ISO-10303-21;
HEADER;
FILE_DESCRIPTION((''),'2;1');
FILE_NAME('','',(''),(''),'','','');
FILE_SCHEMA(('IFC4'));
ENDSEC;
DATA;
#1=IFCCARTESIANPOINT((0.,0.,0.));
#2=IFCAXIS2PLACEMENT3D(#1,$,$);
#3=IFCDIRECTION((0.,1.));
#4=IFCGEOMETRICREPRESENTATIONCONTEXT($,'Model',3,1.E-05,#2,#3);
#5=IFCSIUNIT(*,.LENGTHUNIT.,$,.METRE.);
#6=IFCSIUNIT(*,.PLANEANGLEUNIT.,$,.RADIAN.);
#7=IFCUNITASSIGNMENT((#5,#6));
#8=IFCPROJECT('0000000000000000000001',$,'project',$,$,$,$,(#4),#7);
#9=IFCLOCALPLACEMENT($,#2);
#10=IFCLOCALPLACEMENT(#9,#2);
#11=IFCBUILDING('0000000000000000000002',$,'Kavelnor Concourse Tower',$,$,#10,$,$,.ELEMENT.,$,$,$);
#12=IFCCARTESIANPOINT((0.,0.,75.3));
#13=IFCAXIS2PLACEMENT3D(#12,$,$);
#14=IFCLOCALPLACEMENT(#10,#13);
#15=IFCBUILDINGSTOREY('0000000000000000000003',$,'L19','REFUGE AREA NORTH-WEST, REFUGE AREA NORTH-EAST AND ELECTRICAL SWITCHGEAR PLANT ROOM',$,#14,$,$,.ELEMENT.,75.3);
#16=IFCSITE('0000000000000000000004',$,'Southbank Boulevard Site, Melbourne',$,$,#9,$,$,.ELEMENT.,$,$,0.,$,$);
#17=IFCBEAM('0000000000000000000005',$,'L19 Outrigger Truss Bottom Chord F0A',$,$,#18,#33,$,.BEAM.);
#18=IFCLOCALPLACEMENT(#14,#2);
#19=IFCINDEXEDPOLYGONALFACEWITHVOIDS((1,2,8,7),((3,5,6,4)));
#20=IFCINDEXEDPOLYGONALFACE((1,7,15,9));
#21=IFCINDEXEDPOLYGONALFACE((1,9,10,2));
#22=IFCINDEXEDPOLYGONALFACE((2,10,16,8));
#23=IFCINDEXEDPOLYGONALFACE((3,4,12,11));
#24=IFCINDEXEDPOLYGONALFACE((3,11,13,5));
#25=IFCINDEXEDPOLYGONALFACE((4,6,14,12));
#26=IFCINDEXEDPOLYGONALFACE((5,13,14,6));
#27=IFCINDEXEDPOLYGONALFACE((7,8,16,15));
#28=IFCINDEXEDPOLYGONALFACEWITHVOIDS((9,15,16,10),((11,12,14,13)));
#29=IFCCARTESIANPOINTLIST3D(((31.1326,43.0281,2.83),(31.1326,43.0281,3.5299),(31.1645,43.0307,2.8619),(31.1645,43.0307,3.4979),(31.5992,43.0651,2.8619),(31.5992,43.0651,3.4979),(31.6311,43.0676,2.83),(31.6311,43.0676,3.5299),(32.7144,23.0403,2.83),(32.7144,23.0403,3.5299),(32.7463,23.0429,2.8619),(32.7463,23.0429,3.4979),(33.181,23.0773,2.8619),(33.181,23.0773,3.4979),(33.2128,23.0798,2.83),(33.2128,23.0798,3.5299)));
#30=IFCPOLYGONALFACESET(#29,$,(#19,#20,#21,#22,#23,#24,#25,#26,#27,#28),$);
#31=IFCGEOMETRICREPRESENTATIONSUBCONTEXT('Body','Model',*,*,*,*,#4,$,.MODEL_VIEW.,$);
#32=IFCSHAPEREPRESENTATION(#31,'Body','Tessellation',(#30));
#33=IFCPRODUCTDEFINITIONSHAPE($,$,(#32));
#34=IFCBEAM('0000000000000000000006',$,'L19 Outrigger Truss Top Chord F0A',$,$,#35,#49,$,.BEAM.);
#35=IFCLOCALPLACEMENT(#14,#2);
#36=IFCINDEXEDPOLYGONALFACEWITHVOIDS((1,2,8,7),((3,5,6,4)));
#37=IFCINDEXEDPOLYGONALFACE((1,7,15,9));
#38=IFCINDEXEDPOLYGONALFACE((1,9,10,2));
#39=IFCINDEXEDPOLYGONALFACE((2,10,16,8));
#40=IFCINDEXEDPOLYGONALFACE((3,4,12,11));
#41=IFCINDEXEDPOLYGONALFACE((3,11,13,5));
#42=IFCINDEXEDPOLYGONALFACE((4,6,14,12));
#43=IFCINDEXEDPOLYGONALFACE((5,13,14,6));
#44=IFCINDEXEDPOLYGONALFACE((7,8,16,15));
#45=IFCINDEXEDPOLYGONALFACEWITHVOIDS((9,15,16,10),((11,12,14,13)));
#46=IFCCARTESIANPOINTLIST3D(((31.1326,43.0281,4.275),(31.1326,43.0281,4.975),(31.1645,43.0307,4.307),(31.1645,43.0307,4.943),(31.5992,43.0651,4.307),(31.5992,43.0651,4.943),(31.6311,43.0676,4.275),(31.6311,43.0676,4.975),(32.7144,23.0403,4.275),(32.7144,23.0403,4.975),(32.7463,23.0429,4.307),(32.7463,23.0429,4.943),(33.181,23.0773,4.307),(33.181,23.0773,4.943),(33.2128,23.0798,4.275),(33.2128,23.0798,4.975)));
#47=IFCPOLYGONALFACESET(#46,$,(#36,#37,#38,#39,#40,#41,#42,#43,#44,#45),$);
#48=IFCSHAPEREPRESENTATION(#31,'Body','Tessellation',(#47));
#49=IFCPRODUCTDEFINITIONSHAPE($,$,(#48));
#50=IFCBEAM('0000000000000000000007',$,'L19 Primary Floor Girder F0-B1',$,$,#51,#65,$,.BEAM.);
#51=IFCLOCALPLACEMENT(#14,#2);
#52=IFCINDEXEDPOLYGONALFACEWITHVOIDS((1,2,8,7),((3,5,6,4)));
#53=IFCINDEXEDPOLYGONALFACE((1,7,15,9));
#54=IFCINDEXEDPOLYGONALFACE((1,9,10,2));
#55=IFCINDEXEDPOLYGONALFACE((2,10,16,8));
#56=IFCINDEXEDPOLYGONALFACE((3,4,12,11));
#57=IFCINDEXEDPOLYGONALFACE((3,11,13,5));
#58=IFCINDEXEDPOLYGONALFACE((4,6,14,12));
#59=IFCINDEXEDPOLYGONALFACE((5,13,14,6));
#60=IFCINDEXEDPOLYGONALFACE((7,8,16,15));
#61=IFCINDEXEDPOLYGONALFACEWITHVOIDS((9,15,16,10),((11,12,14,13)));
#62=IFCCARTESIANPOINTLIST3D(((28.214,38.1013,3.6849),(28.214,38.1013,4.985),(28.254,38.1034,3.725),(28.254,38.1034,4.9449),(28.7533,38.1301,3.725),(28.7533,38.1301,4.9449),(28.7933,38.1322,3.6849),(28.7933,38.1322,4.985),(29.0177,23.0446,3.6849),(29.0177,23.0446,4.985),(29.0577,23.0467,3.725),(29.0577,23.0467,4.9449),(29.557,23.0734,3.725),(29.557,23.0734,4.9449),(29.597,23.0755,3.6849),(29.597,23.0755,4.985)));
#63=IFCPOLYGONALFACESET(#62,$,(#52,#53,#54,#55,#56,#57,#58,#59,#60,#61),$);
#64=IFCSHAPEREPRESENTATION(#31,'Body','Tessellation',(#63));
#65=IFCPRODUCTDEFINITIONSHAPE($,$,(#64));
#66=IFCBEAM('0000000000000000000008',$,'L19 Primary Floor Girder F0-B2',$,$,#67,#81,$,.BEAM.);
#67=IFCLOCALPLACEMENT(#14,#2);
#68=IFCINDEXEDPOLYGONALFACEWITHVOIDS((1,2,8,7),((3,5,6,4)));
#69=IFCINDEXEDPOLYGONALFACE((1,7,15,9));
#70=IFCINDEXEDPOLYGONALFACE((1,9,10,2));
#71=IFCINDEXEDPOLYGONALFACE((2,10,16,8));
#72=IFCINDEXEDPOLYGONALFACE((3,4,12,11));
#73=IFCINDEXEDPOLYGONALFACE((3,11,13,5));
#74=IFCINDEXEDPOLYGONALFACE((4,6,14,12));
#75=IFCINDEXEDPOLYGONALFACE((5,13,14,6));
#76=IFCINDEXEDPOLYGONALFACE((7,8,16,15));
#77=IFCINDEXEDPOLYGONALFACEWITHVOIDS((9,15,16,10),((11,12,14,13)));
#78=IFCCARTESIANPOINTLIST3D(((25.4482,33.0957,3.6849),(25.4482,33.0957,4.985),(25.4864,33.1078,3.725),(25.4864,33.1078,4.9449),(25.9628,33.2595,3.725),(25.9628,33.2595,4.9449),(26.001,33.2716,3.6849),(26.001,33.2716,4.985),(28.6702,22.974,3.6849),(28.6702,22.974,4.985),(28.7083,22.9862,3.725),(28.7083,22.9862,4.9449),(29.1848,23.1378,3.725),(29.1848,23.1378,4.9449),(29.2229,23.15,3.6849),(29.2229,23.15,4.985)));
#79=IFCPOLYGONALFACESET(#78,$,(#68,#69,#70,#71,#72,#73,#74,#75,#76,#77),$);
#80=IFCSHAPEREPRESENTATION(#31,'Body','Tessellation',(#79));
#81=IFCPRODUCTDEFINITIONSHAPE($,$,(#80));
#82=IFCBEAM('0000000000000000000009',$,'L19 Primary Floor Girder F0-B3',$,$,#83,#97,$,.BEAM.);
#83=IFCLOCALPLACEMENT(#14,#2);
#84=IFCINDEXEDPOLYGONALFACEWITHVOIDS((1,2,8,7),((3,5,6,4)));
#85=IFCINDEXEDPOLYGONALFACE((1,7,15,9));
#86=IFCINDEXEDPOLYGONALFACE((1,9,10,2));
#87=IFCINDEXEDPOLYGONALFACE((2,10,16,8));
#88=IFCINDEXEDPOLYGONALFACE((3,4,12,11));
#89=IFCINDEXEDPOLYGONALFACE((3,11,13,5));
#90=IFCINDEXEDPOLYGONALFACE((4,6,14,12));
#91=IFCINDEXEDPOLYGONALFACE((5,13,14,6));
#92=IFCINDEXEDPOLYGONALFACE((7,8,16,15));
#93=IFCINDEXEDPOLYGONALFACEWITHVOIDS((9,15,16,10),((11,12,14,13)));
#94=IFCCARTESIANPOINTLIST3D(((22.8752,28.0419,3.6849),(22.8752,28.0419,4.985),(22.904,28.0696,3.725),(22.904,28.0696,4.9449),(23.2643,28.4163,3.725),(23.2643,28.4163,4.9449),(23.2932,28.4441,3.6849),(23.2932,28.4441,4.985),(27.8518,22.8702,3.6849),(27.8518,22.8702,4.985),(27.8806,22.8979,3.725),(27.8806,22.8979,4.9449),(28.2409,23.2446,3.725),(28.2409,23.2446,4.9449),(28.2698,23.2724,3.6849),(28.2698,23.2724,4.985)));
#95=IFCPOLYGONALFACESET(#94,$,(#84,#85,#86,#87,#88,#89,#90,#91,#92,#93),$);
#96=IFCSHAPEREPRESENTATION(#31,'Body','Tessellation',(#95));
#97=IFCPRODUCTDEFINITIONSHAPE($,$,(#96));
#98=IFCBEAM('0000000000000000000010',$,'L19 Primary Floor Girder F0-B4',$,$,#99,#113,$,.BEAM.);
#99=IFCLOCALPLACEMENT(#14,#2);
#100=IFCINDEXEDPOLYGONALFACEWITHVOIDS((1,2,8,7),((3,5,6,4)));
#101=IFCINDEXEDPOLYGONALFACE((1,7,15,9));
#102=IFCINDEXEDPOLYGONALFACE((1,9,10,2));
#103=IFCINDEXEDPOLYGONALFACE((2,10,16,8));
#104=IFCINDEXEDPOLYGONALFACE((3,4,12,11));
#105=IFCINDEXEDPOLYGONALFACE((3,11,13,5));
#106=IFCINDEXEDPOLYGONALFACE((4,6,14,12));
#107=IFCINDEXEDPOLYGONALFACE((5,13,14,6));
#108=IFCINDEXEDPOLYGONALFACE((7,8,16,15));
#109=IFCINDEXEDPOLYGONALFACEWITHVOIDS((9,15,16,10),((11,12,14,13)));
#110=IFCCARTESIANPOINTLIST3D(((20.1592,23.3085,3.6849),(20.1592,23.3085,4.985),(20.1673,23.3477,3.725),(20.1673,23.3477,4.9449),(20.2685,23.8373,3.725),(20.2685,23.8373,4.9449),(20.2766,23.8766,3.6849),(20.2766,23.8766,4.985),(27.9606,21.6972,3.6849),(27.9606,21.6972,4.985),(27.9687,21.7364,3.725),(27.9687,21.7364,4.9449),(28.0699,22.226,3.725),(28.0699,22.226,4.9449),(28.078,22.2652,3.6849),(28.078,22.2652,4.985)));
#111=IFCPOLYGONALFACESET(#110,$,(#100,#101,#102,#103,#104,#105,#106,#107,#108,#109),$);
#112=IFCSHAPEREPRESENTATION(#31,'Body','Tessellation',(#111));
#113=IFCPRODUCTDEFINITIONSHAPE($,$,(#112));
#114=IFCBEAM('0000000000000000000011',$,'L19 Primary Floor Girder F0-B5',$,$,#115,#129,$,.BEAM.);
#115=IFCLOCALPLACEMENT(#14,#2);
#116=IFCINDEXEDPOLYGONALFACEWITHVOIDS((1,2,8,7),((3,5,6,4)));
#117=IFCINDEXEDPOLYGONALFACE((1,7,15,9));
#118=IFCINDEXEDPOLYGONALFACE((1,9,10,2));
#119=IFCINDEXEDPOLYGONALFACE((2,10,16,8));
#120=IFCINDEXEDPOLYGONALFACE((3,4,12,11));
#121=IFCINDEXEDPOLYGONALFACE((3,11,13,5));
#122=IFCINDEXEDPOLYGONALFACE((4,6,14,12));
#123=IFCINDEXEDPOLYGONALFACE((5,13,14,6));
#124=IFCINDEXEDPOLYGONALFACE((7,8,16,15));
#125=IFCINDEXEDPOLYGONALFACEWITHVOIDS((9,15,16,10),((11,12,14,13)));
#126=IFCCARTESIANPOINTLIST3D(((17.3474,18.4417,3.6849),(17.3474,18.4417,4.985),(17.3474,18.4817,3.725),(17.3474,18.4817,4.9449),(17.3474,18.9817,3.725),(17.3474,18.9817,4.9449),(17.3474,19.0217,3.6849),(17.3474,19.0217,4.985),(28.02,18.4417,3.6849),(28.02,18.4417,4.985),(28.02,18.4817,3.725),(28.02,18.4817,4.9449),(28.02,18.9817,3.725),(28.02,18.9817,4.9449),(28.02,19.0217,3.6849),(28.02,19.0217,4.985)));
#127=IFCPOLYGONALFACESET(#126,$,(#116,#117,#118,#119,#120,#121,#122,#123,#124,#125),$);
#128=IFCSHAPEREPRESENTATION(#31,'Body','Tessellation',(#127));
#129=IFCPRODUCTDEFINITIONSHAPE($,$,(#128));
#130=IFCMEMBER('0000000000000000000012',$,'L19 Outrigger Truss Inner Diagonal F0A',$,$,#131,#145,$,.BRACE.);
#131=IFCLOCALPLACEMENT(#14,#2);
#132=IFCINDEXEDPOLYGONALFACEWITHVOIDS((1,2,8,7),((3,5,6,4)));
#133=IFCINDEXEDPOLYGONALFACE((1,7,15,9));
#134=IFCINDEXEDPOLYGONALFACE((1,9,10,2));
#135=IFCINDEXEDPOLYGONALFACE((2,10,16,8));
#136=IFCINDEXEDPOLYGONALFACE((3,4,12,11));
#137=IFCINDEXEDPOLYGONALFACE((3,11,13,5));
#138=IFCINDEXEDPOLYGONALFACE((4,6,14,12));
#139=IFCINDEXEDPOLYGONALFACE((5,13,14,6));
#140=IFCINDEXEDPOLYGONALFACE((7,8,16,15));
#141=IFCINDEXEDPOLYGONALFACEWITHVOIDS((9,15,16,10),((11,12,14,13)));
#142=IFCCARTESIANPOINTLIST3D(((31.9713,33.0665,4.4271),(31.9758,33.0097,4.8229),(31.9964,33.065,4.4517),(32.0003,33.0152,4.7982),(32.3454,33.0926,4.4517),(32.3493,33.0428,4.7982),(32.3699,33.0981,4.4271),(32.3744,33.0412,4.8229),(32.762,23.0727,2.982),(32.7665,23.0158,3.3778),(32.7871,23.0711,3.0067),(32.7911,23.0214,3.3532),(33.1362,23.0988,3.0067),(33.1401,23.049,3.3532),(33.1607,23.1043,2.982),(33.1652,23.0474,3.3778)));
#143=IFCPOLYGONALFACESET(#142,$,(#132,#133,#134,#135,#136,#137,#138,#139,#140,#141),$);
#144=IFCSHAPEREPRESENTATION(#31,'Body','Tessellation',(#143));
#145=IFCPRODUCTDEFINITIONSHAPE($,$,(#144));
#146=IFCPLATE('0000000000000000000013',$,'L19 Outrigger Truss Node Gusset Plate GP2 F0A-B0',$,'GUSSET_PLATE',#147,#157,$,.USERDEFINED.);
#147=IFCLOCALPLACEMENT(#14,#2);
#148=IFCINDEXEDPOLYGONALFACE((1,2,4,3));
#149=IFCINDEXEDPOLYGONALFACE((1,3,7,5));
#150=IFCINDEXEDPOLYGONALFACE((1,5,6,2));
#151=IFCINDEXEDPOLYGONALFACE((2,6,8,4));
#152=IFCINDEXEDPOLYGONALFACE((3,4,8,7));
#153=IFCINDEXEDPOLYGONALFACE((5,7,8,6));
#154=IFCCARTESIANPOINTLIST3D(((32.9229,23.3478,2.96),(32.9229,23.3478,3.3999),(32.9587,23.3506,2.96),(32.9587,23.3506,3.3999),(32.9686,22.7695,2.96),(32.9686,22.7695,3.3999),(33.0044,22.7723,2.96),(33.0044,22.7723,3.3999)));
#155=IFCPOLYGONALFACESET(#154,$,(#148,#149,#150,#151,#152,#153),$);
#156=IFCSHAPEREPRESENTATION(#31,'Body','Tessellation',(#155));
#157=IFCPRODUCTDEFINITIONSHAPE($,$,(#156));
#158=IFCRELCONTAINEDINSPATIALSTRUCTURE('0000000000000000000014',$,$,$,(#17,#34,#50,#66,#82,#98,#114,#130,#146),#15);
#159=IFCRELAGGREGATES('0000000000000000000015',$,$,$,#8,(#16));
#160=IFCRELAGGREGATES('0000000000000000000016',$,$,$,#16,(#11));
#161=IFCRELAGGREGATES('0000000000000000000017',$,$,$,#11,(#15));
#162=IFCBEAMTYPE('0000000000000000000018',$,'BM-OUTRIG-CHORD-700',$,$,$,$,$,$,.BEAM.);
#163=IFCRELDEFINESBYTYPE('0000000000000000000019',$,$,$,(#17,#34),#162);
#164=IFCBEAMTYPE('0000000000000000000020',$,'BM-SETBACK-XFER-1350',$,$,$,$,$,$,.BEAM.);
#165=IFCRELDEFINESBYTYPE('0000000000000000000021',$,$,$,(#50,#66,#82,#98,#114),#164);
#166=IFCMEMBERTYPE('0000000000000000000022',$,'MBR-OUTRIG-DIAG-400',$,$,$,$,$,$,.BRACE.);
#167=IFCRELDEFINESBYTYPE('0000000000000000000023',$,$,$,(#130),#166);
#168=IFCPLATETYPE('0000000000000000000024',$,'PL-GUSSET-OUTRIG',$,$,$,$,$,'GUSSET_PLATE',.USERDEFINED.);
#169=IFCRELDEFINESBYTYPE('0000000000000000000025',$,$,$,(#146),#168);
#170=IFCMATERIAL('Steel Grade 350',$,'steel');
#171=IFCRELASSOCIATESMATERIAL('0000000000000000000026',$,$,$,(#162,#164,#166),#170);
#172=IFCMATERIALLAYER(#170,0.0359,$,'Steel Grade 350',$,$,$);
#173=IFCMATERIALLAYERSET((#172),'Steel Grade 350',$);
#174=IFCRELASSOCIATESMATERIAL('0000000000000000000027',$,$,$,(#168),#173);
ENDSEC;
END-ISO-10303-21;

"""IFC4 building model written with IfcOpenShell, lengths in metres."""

from ifc_helpers import new_model, si_unit, direction, frame, origin, origin_2d, place, context, subcontext, project, spatial, rectangle, hollow_rectangle, extrude, material, layer, layer_set, material_profile, profile_set, type_object, element, save


model = new_model("IFC4")

# Units and contexts
model_context = context("Model", 3, precision=1e-05, world=origin(), true_north=direction((0.0, 1.0)))
body_context = subcontext(model_context, "Body", "Model", "MODEL_VIEW")
ifc_project = project(units=[si_unit("LENGTHUNIT", "METRE"), si_unit("PLANEANGLEUNIT", "RADIAN")], contexts=[model_context])

# Site, building, storey
site_placement = place(None, origin())
site = spatial("IfcSite", under=ifc_project, at=site_placement, Name="Southbank Boulevard Site, Melbourne", CompositionType="ELEMENT", RefElevation=0.0)
building_placement = place(site_placement, origin())
building = spatial("IfcBuilding", under=site, at=building_placement, Name="Kavelnor Concourse Tower", CompositionType="ELEMENT")
storey_placement = place(building_placement, frame((0.0, 0.0, 75.3)))
storey = spatial("IfcBuildingStorey", under=building, at=storey_placement, Name="L19", Description="REFUGE AREA NORTH-WEST, REFUGE AREA NORTH-EAST AND ELECTRICAL SWITCHGEAR PLANT ROOM", CompositionType="ELEMENT", Elevation=75.3)

# Beams
ifc_material_1 = material(Name="Steel Grade 350", Category="steel")
ifc_material_profile_1 = material_profile(ifc_material_1, hollow_rectangle(XDim=0.5, YDim=0.7, WallThickness=0.032, at=origin_2d()), Name="RHS 700x500x32")
ifc_profile_set_1 = profile_set([ifc_material_profile_1], Name="Steel Grade 350")
beam_type_1 = type_object("IfcBeamType", Name="BM-OUTRIG-CHORD-700", PredefinedType="BEAM", material=ifc_profile_set_1)
for number, where, z_axis, x_axis, name in (
    (1, (32.9636, 23.0601, 3.1799), (-0.078891, 0.996883, 0.0), (-0.996883, -0.078891, 0.0), "L19 Outrigger Truss Bottom Chord F0A"),
    (2, (32.9636, 23.0601, 4.625), (-0.078891, 0.996883, 0.0), (-0.996883, -0.078891, 0.0), "L19 Outrigger Truss Top Chord F0A"),
):
    element("IfcBeam", number, at=place(storey_placement, frame(where, z_axis=z_axis, x_axis=x_axis)), inside=storey, type_object=beam_type_1, Name=name, PredefinedType="BEAM", context=body_context, shape_type="SweptSolid", body=[
        extrude(hollow_rectangle(XDim=0.5, YDim=0.7, WallThickness=0.032, at=origin_2d()), origin(), (0.0, 0.0, 1.0), 20.0503),
    ])
ifc_material_profile_2 = material_profile(ifc_material_1, hollow_rectangle(XDim=0.5801, YDim=1.3, WallThickness=0.04, at=origin_2d()), Name="RHS 1300x580x40")
ifc_profile_set_2 = profile_set([ifc_material_profile_2], Name="Steel Grade 350")
beam_type_2 = type_object("IfcBeamType", Name="BM-SETBACK-XFER-1350", PredefinedType="BEAM", material=ifc_profile_set_2)
beam_1_placement = place(storey_placement, frame((29.3074, 23.0601, 4.335), z_axis=(-0.053303, 0.998578, 0.0), x_axis=(-0.998578, -0.053303, 0.0)))
element("IfcBeam", 3, at=beam_1_placement, inside=storey, type_object=beam_type_2, Name="L19 Primary Floor Girder F0-B1", PredefinedType="BEAM", context=body_context, shape_type="SweptSolid", body=[
    extrude(hollow_rectangle(XDim=0.5801, YDim=1.3, WallThickness=0.04, at=origin_2d()), origin(), (0.0, 0.0, 1.0), 15.0781),
])
beam_2_placement = place(storey_placement, frame((28.9465, 23.062, 4.335), z_axis=(-0.303325, 0.952887, 0.0), x_axis=(-0.952887, -0.303325, 0.0)))
element("IfcBeam", 4, at=beam_2_placement, inside=storey, type_object=beam_type_2, Name="L19 Primary Floor Girder F0-B2", PredefinedType="BEAM", context=body_context, shape_type="SweptSolid", body=[
    extrude(hollow_rectangle(XDim=0.5801, YDim=1.3, WallThickness=0.04, at=origin_2d()), origin(), (0.0, 0.0, 1.0), 10.6221),
])
beam_3_placement = place(storey_placement, frame((28.0608, 23.0713, 4.335), z_axis=(-0.693387, 0.720566, 0.0), x_axis=(-0.720566, -0.693387, 0.0)))
element("IfcBeam", 5, at=beam_3_placement, inside=storey, type_object=beam_type_2, Name="L19 Primary Floor Girder F0-B3", PredefinedType="BEAM", context=body_context, shape_type="SweptSolid", body=[
    extrude(hollow_rectangle(XDim=0.5801, YDim=1.3, WallThickness=0.04, at=origin_2d()), origin(), (0.0, 0.0, 1.0), 7.1772),
])
beam_4_placement = place(storey_placement, frame((28.0193, 21.9812, 4.335), z_axis=(-0.97933, 0.202271, 0.0), x_axis=(-0.202271, -0.97933, 0.0)))
element("IfcBeam", 6, at=beam_4_placement, inside=storey, type_object=beam_type_2, Name="L19 Primary Floor Girder F0-B4", PredefinedType="BEAM", context=body_context, shape_type="SweptSolid", body=[
    extrude(hollow_rectangle(XDim=0.5801, YDim=1.3, WallThickness=0.04, at=origin_2d()), origin(), (0.0, 0.0, 1.0), 7.9661),
])
beam_5_placement = place(storey_placement, frame((28.02, 18.7317, 4.335), z_axis=(-1.0, 0.0, 0.0), x_axis=(0.0, -1.0, 0.0)))
element("IfcBeam", 7, at=beam_5_placement, inside=storey, type_object=beam_type_2, Name="L19 Primary Floor Girder F0-B5", PredefinedType="BEAM", context=body_context, shape_type="SweptSolid", body=[
    extrude(hollow_rectangle(XDim=0.5801, YDim=1.3, WallThickness=0.04, at=origin_2d()), origin(), (0.0, 0.0, 1.0), 10.6726),
])

# Member
ifc_material_profile_3 = material_profile(ifc_material_1, hollow_rectangle(XDim=0.3999, YDim=0.3999, WallThickness=0.0249, at=origin_2d()), Name="SHS 400x400x25")
ifc_profile_set_3 = profile_set([ifc_material_profile_3], Name="Steel Grade 350")
member_type = type_object("IfcMemberType", Name="MBR-OUTRIG-DIAG-400", PredefinedType="BRACE", material=ifc_profile_set_3)
member_placement = place(storey_placement, frame((32.9636, 23.0601, 3.1799), z_axis=(-0.078072, 0.986686, 0.14267), x_axis=(-0.996884, -0.078879, 0.0)))
element("IfcMember", 8, at=member_placement, inside=storey, type_object=member_type, Name="L19 Outrigger Truss Inner Diagonal F0A", PredefinedType="BRACE", context=body_context, shape_type="SweptSolid", body=[
    extrude(hollow_rectangle(XDim=0.3999, YDim=0.3999, WallThickness=0.0249, at=origin_2d()), origin(), (0.0, 0.0, 1.0), 10.1287),
])

# Plate
ifc_layer_1 = layer(ifc_material_1, 0.0359, Name="Steel Grade 350")
ifc_layer_set_1 = layer_set([ifc_layer_1], Name="Steel Grade 350")
plate_type = type_object("IfcPlateType", Name="PL-GUSSET-OUTRIG", ElementType="GUSSET_PLATE", PredefinedType="USERDEFINED", material=ifc_layer_set_1)
plate_placement = place(storey_placement, frame((32.9636, 23.0601, 2.96), z_axis=(0.0, 0.0, 1.0), x_axis=(-0.078807, 0.99689, 0.0)))
element("IfcPlate", 9, at=plate_placement, inside=storey, type_object=plate_type, Name="L19 Outrigger Truss Node Gusset Plate GP2 F0A-B0", ObjectType="GUSSET_PLATE", PredefinedType="USERDEFINED", context=body_context, shape_type="SweptSolid", body=[
    extrude(rectangle(XDim=0.5801, YDim=0.0359, at=origin_2d()), origin(), (0.0, 0.0, 1.0), 0.4399),
])

save(model, "model.ifc")
